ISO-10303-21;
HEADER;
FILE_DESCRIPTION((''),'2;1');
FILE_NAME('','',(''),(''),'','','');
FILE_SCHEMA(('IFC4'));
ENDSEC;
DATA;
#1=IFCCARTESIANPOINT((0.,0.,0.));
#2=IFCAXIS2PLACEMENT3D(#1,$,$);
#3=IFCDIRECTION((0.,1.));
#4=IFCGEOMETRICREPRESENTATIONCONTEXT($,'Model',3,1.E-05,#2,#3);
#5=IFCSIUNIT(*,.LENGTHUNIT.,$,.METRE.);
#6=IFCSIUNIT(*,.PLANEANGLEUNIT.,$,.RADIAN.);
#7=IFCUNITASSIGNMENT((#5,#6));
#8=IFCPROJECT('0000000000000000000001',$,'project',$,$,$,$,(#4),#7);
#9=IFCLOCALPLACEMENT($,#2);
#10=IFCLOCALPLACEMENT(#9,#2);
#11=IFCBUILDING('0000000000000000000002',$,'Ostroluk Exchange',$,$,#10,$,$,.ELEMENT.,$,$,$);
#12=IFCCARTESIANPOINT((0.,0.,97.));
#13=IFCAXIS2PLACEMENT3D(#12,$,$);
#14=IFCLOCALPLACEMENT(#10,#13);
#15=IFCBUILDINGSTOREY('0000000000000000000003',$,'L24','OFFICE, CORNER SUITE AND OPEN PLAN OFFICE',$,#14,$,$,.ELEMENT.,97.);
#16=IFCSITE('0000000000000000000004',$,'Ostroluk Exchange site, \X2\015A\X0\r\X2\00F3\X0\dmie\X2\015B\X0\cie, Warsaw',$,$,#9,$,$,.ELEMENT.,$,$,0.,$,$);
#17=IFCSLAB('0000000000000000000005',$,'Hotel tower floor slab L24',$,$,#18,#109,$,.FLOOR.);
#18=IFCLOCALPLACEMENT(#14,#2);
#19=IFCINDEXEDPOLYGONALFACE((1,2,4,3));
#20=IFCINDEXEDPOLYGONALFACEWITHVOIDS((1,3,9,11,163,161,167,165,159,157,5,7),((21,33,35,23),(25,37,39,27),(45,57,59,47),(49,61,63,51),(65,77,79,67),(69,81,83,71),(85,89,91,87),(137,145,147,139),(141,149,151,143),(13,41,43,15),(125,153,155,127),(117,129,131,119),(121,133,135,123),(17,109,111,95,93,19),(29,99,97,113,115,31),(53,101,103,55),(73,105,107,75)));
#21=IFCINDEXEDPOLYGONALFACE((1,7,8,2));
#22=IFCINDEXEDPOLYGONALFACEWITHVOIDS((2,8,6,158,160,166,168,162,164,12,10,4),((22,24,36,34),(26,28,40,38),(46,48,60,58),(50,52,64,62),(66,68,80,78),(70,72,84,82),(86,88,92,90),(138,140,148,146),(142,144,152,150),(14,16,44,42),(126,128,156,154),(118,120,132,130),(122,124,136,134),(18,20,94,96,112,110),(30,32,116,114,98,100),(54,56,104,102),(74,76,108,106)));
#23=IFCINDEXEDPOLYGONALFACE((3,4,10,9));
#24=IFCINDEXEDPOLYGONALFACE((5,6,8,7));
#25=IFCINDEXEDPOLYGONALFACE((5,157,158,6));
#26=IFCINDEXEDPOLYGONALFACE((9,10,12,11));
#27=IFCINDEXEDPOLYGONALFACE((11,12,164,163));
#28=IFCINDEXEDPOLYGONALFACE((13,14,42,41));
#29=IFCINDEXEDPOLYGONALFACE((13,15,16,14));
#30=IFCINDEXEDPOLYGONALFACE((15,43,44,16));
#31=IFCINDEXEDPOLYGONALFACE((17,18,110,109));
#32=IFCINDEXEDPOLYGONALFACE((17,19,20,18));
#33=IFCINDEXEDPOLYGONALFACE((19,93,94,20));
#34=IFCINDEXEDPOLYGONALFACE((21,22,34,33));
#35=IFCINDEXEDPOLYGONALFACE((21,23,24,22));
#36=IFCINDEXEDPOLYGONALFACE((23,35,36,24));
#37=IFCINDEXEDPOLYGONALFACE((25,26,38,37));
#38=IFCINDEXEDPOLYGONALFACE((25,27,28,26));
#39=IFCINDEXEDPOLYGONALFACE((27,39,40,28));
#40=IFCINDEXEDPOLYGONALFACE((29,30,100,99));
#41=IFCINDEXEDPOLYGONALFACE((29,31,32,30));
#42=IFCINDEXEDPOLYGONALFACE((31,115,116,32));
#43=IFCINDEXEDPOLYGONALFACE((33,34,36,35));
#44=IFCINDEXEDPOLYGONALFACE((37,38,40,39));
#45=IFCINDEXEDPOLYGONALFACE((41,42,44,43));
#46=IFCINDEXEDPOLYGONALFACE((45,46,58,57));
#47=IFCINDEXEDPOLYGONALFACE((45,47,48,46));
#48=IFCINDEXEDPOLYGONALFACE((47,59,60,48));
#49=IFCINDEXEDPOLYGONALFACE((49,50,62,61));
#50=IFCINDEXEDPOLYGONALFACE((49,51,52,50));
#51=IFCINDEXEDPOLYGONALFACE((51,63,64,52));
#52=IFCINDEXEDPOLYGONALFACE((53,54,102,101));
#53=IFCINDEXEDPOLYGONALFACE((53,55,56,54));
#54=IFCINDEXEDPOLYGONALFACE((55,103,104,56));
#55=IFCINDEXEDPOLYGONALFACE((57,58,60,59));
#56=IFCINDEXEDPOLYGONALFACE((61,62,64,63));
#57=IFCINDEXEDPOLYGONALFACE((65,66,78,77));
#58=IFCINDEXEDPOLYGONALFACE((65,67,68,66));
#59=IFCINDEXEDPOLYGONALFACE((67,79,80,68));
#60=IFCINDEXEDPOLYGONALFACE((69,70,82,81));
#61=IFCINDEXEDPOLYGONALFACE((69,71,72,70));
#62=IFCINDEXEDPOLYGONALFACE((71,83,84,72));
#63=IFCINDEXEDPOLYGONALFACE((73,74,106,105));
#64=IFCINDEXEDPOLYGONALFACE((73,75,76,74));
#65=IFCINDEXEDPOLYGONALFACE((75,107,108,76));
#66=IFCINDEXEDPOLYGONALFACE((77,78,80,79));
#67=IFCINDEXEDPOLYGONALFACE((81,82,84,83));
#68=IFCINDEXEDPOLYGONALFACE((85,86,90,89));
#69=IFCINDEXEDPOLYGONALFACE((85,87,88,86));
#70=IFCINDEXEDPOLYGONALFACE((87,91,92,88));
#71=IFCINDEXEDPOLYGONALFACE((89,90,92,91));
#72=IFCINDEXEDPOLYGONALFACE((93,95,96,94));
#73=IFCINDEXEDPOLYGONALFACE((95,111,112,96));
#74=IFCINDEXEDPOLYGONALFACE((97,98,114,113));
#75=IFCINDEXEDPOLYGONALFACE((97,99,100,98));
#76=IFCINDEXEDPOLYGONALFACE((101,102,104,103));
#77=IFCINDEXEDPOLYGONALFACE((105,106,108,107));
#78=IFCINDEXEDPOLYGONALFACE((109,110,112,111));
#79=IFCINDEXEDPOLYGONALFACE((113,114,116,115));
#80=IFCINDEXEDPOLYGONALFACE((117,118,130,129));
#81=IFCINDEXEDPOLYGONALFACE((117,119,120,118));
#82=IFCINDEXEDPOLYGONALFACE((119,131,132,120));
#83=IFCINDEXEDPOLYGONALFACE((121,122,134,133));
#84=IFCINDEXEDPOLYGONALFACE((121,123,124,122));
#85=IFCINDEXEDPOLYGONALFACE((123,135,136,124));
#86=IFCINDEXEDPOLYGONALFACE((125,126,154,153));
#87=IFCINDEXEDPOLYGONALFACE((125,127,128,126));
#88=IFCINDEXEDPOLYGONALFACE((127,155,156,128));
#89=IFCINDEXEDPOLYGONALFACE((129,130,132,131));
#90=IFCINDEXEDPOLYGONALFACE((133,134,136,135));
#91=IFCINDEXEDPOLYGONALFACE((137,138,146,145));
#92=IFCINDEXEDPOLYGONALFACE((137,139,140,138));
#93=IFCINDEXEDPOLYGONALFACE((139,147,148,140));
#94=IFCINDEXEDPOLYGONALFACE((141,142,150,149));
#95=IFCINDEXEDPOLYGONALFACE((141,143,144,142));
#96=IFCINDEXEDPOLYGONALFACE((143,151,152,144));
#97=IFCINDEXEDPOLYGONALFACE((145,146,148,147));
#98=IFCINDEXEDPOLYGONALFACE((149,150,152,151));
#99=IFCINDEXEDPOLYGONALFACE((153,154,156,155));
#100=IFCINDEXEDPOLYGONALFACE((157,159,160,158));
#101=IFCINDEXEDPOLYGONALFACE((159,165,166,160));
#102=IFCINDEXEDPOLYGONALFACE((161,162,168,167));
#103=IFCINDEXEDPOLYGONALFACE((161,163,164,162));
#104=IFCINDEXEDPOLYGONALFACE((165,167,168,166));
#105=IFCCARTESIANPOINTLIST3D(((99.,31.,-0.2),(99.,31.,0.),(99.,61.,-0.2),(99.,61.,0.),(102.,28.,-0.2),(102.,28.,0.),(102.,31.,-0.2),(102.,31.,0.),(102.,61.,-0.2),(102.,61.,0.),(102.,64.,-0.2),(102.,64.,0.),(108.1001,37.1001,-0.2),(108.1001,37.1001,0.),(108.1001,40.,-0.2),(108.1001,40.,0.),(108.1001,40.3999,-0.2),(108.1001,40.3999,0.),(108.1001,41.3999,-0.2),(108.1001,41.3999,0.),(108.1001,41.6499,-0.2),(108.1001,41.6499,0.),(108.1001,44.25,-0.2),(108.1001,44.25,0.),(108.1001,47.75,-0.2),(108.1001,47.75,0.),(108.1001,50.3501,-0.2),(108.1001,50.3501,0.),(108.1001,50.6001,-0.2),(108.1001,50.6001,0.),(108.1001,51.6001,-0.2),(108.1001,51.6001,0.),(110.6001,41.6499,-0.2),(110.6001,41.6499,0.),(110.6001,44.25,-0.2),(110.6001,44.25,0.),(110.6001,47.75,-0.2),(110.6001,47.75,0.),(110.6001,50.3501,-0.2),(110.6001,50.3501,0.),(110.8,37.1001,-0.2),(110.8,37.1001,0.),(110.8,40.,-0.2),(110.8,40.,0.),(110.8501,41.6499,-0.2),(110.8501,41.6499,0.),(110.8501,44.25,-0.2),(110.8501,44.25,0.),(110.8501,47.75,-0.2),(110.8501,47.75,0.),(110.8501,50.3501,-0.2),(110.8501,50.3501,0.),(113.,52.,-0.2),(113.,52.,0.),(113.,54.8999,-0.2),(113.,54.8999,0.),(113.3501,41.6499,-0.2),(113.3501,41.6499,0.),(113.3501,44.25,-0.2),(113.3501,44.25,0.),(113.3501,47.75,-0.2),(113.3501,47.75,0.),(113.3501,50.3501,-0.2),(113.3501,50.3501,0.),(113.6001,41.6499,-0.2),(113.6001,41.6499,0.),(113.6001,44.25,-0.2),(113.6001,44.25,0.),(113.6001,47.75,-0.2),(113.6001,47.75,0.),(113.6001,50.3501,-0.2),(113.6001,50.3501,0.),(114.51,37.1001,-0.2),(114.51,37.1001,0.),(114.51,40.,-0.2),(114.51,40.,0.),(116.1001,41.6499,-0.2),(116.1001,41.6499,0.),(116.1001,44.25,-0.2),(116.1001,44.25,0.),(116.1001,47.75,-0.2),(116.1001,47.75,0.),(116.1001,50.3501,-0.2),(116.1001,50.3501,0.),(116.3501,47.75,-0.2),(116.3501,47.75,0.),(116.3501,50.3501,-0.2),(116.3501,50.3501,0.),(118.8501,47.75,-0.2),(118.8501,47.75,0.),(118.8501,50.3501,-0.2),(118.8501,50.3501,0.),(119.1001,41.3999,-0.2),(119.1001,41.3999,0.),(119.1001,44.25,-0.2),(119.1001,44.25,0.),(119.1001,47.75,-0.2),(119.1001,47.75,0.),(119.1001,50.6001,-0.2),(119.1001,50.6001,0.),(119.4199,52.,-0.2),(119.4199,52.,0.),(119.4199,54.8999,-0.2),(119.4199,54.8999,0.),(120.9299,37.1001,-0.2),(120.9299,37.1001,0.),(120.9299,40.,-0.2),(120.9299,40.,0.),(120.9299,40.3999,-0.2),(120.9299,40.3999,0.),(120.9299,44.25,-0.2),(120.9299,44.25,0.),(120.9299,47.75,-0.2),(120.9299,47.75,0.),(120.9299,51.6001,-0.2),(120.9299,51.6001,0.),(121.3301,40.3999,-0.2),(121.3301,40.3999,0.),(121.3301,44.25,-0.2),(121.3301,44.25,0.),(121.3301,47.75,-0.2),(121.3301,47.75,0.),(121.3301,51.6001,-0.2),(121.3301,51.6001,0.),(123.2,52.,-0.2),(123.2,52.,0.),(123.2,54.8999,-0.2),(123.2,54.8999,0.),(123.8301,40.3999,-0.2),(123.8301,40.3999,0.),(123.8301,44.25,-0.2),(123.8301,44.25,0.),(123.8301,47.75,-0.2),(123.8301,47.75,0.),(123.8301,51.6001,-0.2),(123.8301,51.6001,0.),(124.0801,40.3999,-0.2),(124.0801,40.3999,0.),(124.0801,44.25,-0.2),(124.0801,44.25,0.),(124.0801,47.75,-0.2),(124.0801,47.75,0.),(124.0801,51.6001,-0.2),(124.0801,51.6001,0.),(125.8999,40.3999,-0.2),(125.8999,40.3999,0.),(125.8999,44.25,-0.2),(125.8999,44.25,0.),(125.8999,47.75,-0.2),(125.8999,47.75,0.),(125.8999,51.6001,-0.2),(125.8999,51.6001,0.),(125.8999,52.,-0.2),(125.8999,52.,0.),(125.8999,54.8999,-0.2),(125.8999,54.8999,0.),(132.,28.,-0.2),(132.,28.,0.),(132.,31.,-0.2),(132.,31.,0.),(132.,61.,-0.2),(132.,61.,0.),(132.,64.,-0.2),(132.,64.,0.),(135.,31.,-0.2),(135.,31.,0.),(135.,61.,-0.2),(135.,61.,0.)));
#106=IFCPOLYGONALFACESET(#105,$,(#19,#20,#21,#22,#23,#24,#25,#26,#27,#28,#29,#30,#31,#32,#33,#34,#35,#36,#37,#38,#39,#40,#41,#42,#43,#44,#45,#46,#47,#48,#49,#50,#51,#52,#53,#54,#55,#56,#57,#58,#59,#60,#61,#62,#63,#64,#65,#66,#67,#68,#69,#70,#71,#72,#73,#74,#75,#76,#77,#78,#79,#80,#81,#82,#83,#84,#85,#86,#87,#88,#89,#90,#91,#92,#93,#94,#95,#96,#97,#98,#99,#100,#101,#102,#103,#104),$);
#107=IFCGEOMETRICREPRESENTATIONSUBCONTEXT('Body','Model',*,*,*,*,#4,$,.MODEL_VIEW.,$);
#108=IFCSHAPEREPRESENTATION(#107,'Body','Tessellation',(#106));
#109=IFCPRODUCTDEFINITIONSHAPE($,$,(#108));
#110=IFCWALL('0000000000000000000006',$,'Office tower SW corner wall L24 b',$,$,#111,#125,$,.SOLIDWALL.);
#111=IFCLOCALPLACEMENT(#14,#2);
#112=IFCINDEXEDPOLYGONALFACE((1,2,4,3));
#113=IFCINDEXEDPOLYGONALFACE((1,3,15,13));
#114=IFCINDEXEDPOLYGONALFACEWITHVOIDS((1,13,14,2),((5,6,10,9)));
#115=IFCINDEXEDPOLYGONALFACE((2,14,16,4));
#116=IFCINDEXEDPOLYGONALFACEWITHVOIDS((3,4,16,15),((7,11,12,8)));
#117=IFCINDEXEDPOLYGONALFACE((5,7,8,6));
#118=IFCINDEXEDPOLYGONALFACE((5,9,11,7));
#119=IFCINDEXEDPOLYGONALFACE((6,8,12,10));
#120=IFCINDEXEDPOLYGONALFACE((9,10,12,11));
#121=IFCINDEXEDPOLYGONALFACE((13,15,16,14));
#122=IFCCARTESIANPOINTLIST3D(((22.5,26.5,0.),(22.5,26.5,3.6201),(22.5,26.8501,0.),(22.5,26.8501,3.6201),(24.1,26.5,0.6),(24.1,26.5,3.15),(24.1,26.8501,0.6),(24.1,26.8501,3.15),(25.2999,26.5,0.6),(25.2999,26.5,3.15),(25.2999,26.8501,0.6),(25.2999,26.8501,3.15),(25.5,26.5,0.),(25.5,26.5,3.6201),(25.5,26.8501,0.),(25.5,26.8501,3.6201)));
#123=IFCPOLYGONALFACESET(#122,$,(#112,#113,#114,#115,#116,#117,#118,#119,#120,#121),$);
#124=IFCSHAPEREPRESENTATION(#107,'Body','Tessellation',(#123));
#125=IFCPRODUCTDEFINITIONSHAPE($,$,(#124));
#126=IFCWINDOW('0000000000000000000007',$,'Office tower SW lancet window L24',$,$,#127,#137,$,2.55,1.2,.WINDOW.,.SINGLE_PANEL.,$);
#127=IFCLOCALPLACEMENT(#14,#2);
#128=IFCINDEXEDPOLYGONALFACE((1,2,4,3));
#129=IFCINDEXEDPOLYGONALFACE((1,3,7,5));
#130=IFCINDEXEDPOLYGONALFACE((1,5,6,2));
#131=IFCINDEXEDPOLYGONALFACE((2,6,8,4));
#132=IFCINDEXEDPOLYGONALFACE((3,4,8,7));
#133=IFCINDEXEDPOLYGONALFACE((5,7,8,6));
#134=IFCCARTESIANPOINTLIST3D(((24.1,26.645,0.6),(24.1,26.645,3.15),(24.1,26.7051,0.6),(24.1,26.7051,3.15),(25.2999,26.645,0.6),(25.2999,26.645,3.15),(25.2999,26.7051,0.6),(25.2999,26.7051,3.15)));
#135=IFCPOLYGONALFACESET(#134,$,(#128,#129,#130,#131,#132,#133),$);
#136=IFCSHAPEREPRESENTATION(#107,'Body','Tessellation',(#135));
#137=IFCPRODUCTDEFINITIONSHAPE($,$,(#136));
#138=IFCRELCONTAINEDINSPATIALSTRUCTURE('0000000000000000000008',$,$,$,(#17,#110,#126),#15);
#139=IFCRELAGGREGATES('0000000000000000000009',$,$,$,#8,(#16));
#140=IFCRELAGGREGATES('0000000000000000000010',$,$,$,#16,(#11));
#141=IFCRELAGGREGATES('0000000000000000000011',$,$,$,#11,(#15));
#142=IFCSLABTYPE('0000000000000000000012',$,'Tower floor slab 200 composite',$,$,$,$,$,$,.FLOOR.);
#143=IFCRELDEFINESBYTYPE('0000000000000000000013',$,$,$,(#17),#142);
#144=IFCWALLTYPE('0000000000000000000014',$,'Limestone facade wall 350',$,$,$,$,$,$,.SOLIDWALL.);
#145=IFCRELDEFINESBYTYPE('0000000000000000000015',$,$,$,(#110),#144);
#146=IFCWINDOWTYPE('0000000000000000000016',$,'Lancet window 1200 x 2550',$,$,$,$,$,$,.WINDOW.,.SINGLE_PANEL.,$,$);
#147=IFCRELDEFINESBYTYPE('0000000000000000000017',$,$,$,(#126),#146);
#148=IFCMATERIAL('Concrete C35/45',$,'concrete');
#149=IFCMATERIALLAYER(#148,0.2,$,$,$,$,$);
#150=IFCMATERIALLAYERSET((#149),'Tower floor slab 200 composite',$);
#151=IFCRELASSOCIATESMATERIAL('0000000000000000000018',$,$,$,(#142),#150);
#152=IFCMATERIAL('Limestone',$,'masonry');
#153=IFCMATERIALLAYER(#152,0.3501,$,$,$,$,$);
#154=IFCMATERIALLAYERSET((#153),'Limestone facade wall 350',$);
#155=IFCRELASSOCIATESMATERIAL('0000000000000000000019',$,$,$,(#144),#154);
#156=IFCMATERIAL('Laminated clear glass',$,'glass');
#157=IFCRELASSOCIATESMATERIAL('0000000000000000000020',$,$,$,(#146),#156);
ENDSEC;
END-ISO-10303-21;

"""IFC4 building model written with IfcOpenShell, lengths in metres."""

from ifc_helpers import new_model, si_unit, direction, frame, frame_2d, origin, place, context, subcontext, project, spatial, polyline, rectangle, outline, extrude, material, layer, layer_set, type_object, element, fill, save


model = new_model("IFC4")

# Units and contexts
model_context = context("Model", 3, precision=1e-05, world=origin(), true_north=direction((0.0, 1.0)))
body_context = subcontext(model_context, "Body", "Model", "MODEL_VIEW")
ifc_project = project(units=[si_unit("LENGTHUNIT", "METRE"), si_unit("PLANEANGLEUNIT", "RADIAN")], contexts=[model_context])

# Site, building, storey
site_placement = place(None, origin())
site = spatial("IfcSite", under=ifc_project, at=site_placement, Name="Ostroluk Exchange site, Śródmieście, Warsaw", CompositionType="ELEMENT", RefElevation=0.0)
building_placement = place(site_placement, origin())
building = spatial("IfcBuilding", under=site, at=building_placement, Name="Ostroluk Exchange", CompositionType="ELEMENT")
storey_placement = place(building_placement, frame((0.0, 0.0, 97.0)))
storey = spatial("IfcBuildingStorey", under=building, at=storey_placement, Name="L24", Description="OFFICE, CORNER SUITE AND OPEN PLAN OFFICE", CompositionType="ELEMENT", Elevation=97.0)

# Slab
ifc_material_1 = material(Name="Concrete C35/45", Category="concrete")
ifc_layer_1 = layer(ifc_material_1, 0.2)
ifc_layer_set_1 = layer_set([ifc_layer_1], Name="Tower floor slab 200 composite")
slab_type_1 = type_object("IfcSlabType", Name="Tower floor slab 200 composite", PredefinedType="FLOOR", material=ifc_layer_set_1)
slab_1_placement = place(storey_placement, frame((0.0, 0.0, -0.2)))
element("IfcSlab", 1, at=slab_1_placement, inside=storey, type_object=slab_type_1, Name="Hotel tower floor slab L24", PredefinedType="FLOOR", context=body_context, shape_type="SweptSolid", body=[
    extrude(outline(polyline([(102.0, 28.0), (132.0, 28.0), (132.0, 31.0), (135.0, 31.0), (135.0, 61.0), (132.0, 61.0), (132.0, 64.0), (102.0, 64.0), (102.0, 61.0), (99.0, 61.0), (99.0, 31.0), (102.0, 31.0), (102.0, 28.0)]), holes=[polyline([(108.1001, 37.1001), (110.8, 37.1001), (110.8, 40.0), (108.1001, 40.0), (108.1001, 37.1001)]), polyline([(114.51, 37.1001), (120.9299, 37.1001), (120.9299, 40.0), (114.51, 40.0), (114.51, 37.1001)]), polyline([(113.0, 52.0), (119.4199, 52.0), (119.4199, 54.8999), (113.0, 54.8999), (113.0, 52.0)]), polyline([(123.2, 52.0), (125.8999, 52.0), (125.8999, 54.8999), (123.2, 54.8999), (123.2, 52.0)]), polyline([(108.1001, 47.75), (110.6001, 47.75), (110.6001, 50.3501), (108.1001, 50.3501), (108.1001, 47.75)]), polyline([(110.8501, 47.75), (113.3501, 47.75), (113.3501, 50.3501), (110.8501, 50.3501), (110.8501, 47.75)]), polyline([(113.6001, 47.75), (116.1001, 47.75), (116.1001, 50.3501), (113.6001, 50.3501), (113.6001, 47.75)]), polyline([(116.3501, 47.75), (118.8501, 47.75), (118.8501, 50.3501), (116.3501, 50.3501), (116.3501, 47.75)]), polyline([(108.1001, 41.6499), (110.6001, 41.6499), (110.6001, 44.25), (108.1001, 44.25), (108.1001, 41.6499)]), polyline([(110.8501, 41.6499), (113.3501, 41.6499), (113.3501, 44.25), (110.8501, 44.25), (110.8501, 41.6499)]), polyline([(113.6001, 41.6499), (116.1001, 41.6499), (116.1001, 44.25), (113.6001, 44.25), (113.6001, 41.6499)]), polyline([(121.3301, 47.75), (123.8301, 47.75), (123.8301, 51.6001), (121.3301, 51.6001), (121.3301, 47.75)]), polyline([(121.3301, 40.3999), (123.8301, 40.3999), (123.8301, 44.25), (121.3301, 44.25), (121.3301, 40.3999)]), polyline([(120.9299, 51.6001), (120.9299, 47.75), (119.1001, 47.75), (119.1001, 50.6001), (108.1001, 50.6001), (108.1001, 51.6001), (120.9299, 51.6001)]), polyline([(108.1001, 40.3999), (108.1001, 41.3999), (119.1001, 41.3999), (119.1001, 44.25), (120.9299, 44.25), (120.9299, 40.3999), (108.1001, 40.3999)]), polyline([(124.0801, 47.75), (125.8999, 47.75), (125.8999, 51.6001), (124.0801, 51.6001), (124.0801, 47.75)]), polyline([(124.0801, 40.3999), (125.8999, 40.3999), (125.8999, 44.25), (124.0801, 44.25), (124.0801, 40.3999)])]), origin(), (0.0, 0.0, 1.0), 0.2),
])

# Wall, opening, window
ifc_material_2 = material(Name="Limestone", Category="masonry")
ifc_layer_2 = layer(ifc_material_2, 0.3501)
ifc_layer_set_2 = layer_set([ifc_layer_2], Name="Limestone facade wall 350")
wall_type = type_object("IfcWallType", Name="Limestone facade wall 350", PredefinedType="SOLIDWALL", material=ifc_layer_set_2)
wall_placement = place(storey_placement, frame((25.5, 26.675, 0.0), z_axis=(0.0, 0.0, 1.0), x_axis=(-1.0, 0.0, 0.0)))
wall = element("IfcWall", 2, at=wall_placement, inside=storey, type_object=wall_type, Name="Office tower SW corner wall L24 b", PredefinedType="SOLIDWALL", context=body_context, shape_type="SweptSolid", body=[
    extrude(rectangle(XDim=3.0, YDim=0.3501, at=frame_2d((1.5, 0.0))), origin(), (0.0, 0.0, 1.0), 3.6201),
])
opening_placement = place(wall_placement, frame((0.2, 0.0, 0.6001)))
opening = element("IfcOpeningElement", 3, at=opening_placement, cuts=wall, PredefinedType="OPENING", context=body_context, shape_type="SweptSolid", body=[
    extrude(rectangle(XDim=1.2, YDim=2.55, at=frame_2d((0.6001, 1.2749))), frame((0.0, 0.1851, 0.0), z_axis=(0.0, -1.0, 0.0), x_axis=(1.0, 0.0, 0.0)), (0.0, 0.0, 1.0), 0.3701),
])
ifc_material_3 = material(Name="Laminated clear glass", Category="glass")
window_type = type_object("IfcWindowType", Name="Lancet window 1200 x 2550", PartitioningType="SINGLE_PANEL", PredefinedType="WINDOW", material=ifc_material_3)
window_placement = place(opening_placement, origin())
window = element("IfcWindow", 4, at=window_placement, inside=storey, type_object=window_type, Name="Office tower SW lancet window L24", OverallHeight=2.55, OverallWidth=1.2, PartitioningType="SINGLE_PANEL", PredefinedType="WINDOW", context=body_context, shape_type="SweptSolid", body=[
    extrude(rectangle(XDim=1.2, YDim=2.55, at=frame_2d((0.6001, 1.2749))), frame((0.0, 0.03, 0.0), z_axis=(0.0, -1.0, 0.0), x_axis=(1.0, 0.0, 0.0)), (0.0, 0.0, 1.0), 0.0601),
])
fill(opening, window)

save(model, "model.ifc")
